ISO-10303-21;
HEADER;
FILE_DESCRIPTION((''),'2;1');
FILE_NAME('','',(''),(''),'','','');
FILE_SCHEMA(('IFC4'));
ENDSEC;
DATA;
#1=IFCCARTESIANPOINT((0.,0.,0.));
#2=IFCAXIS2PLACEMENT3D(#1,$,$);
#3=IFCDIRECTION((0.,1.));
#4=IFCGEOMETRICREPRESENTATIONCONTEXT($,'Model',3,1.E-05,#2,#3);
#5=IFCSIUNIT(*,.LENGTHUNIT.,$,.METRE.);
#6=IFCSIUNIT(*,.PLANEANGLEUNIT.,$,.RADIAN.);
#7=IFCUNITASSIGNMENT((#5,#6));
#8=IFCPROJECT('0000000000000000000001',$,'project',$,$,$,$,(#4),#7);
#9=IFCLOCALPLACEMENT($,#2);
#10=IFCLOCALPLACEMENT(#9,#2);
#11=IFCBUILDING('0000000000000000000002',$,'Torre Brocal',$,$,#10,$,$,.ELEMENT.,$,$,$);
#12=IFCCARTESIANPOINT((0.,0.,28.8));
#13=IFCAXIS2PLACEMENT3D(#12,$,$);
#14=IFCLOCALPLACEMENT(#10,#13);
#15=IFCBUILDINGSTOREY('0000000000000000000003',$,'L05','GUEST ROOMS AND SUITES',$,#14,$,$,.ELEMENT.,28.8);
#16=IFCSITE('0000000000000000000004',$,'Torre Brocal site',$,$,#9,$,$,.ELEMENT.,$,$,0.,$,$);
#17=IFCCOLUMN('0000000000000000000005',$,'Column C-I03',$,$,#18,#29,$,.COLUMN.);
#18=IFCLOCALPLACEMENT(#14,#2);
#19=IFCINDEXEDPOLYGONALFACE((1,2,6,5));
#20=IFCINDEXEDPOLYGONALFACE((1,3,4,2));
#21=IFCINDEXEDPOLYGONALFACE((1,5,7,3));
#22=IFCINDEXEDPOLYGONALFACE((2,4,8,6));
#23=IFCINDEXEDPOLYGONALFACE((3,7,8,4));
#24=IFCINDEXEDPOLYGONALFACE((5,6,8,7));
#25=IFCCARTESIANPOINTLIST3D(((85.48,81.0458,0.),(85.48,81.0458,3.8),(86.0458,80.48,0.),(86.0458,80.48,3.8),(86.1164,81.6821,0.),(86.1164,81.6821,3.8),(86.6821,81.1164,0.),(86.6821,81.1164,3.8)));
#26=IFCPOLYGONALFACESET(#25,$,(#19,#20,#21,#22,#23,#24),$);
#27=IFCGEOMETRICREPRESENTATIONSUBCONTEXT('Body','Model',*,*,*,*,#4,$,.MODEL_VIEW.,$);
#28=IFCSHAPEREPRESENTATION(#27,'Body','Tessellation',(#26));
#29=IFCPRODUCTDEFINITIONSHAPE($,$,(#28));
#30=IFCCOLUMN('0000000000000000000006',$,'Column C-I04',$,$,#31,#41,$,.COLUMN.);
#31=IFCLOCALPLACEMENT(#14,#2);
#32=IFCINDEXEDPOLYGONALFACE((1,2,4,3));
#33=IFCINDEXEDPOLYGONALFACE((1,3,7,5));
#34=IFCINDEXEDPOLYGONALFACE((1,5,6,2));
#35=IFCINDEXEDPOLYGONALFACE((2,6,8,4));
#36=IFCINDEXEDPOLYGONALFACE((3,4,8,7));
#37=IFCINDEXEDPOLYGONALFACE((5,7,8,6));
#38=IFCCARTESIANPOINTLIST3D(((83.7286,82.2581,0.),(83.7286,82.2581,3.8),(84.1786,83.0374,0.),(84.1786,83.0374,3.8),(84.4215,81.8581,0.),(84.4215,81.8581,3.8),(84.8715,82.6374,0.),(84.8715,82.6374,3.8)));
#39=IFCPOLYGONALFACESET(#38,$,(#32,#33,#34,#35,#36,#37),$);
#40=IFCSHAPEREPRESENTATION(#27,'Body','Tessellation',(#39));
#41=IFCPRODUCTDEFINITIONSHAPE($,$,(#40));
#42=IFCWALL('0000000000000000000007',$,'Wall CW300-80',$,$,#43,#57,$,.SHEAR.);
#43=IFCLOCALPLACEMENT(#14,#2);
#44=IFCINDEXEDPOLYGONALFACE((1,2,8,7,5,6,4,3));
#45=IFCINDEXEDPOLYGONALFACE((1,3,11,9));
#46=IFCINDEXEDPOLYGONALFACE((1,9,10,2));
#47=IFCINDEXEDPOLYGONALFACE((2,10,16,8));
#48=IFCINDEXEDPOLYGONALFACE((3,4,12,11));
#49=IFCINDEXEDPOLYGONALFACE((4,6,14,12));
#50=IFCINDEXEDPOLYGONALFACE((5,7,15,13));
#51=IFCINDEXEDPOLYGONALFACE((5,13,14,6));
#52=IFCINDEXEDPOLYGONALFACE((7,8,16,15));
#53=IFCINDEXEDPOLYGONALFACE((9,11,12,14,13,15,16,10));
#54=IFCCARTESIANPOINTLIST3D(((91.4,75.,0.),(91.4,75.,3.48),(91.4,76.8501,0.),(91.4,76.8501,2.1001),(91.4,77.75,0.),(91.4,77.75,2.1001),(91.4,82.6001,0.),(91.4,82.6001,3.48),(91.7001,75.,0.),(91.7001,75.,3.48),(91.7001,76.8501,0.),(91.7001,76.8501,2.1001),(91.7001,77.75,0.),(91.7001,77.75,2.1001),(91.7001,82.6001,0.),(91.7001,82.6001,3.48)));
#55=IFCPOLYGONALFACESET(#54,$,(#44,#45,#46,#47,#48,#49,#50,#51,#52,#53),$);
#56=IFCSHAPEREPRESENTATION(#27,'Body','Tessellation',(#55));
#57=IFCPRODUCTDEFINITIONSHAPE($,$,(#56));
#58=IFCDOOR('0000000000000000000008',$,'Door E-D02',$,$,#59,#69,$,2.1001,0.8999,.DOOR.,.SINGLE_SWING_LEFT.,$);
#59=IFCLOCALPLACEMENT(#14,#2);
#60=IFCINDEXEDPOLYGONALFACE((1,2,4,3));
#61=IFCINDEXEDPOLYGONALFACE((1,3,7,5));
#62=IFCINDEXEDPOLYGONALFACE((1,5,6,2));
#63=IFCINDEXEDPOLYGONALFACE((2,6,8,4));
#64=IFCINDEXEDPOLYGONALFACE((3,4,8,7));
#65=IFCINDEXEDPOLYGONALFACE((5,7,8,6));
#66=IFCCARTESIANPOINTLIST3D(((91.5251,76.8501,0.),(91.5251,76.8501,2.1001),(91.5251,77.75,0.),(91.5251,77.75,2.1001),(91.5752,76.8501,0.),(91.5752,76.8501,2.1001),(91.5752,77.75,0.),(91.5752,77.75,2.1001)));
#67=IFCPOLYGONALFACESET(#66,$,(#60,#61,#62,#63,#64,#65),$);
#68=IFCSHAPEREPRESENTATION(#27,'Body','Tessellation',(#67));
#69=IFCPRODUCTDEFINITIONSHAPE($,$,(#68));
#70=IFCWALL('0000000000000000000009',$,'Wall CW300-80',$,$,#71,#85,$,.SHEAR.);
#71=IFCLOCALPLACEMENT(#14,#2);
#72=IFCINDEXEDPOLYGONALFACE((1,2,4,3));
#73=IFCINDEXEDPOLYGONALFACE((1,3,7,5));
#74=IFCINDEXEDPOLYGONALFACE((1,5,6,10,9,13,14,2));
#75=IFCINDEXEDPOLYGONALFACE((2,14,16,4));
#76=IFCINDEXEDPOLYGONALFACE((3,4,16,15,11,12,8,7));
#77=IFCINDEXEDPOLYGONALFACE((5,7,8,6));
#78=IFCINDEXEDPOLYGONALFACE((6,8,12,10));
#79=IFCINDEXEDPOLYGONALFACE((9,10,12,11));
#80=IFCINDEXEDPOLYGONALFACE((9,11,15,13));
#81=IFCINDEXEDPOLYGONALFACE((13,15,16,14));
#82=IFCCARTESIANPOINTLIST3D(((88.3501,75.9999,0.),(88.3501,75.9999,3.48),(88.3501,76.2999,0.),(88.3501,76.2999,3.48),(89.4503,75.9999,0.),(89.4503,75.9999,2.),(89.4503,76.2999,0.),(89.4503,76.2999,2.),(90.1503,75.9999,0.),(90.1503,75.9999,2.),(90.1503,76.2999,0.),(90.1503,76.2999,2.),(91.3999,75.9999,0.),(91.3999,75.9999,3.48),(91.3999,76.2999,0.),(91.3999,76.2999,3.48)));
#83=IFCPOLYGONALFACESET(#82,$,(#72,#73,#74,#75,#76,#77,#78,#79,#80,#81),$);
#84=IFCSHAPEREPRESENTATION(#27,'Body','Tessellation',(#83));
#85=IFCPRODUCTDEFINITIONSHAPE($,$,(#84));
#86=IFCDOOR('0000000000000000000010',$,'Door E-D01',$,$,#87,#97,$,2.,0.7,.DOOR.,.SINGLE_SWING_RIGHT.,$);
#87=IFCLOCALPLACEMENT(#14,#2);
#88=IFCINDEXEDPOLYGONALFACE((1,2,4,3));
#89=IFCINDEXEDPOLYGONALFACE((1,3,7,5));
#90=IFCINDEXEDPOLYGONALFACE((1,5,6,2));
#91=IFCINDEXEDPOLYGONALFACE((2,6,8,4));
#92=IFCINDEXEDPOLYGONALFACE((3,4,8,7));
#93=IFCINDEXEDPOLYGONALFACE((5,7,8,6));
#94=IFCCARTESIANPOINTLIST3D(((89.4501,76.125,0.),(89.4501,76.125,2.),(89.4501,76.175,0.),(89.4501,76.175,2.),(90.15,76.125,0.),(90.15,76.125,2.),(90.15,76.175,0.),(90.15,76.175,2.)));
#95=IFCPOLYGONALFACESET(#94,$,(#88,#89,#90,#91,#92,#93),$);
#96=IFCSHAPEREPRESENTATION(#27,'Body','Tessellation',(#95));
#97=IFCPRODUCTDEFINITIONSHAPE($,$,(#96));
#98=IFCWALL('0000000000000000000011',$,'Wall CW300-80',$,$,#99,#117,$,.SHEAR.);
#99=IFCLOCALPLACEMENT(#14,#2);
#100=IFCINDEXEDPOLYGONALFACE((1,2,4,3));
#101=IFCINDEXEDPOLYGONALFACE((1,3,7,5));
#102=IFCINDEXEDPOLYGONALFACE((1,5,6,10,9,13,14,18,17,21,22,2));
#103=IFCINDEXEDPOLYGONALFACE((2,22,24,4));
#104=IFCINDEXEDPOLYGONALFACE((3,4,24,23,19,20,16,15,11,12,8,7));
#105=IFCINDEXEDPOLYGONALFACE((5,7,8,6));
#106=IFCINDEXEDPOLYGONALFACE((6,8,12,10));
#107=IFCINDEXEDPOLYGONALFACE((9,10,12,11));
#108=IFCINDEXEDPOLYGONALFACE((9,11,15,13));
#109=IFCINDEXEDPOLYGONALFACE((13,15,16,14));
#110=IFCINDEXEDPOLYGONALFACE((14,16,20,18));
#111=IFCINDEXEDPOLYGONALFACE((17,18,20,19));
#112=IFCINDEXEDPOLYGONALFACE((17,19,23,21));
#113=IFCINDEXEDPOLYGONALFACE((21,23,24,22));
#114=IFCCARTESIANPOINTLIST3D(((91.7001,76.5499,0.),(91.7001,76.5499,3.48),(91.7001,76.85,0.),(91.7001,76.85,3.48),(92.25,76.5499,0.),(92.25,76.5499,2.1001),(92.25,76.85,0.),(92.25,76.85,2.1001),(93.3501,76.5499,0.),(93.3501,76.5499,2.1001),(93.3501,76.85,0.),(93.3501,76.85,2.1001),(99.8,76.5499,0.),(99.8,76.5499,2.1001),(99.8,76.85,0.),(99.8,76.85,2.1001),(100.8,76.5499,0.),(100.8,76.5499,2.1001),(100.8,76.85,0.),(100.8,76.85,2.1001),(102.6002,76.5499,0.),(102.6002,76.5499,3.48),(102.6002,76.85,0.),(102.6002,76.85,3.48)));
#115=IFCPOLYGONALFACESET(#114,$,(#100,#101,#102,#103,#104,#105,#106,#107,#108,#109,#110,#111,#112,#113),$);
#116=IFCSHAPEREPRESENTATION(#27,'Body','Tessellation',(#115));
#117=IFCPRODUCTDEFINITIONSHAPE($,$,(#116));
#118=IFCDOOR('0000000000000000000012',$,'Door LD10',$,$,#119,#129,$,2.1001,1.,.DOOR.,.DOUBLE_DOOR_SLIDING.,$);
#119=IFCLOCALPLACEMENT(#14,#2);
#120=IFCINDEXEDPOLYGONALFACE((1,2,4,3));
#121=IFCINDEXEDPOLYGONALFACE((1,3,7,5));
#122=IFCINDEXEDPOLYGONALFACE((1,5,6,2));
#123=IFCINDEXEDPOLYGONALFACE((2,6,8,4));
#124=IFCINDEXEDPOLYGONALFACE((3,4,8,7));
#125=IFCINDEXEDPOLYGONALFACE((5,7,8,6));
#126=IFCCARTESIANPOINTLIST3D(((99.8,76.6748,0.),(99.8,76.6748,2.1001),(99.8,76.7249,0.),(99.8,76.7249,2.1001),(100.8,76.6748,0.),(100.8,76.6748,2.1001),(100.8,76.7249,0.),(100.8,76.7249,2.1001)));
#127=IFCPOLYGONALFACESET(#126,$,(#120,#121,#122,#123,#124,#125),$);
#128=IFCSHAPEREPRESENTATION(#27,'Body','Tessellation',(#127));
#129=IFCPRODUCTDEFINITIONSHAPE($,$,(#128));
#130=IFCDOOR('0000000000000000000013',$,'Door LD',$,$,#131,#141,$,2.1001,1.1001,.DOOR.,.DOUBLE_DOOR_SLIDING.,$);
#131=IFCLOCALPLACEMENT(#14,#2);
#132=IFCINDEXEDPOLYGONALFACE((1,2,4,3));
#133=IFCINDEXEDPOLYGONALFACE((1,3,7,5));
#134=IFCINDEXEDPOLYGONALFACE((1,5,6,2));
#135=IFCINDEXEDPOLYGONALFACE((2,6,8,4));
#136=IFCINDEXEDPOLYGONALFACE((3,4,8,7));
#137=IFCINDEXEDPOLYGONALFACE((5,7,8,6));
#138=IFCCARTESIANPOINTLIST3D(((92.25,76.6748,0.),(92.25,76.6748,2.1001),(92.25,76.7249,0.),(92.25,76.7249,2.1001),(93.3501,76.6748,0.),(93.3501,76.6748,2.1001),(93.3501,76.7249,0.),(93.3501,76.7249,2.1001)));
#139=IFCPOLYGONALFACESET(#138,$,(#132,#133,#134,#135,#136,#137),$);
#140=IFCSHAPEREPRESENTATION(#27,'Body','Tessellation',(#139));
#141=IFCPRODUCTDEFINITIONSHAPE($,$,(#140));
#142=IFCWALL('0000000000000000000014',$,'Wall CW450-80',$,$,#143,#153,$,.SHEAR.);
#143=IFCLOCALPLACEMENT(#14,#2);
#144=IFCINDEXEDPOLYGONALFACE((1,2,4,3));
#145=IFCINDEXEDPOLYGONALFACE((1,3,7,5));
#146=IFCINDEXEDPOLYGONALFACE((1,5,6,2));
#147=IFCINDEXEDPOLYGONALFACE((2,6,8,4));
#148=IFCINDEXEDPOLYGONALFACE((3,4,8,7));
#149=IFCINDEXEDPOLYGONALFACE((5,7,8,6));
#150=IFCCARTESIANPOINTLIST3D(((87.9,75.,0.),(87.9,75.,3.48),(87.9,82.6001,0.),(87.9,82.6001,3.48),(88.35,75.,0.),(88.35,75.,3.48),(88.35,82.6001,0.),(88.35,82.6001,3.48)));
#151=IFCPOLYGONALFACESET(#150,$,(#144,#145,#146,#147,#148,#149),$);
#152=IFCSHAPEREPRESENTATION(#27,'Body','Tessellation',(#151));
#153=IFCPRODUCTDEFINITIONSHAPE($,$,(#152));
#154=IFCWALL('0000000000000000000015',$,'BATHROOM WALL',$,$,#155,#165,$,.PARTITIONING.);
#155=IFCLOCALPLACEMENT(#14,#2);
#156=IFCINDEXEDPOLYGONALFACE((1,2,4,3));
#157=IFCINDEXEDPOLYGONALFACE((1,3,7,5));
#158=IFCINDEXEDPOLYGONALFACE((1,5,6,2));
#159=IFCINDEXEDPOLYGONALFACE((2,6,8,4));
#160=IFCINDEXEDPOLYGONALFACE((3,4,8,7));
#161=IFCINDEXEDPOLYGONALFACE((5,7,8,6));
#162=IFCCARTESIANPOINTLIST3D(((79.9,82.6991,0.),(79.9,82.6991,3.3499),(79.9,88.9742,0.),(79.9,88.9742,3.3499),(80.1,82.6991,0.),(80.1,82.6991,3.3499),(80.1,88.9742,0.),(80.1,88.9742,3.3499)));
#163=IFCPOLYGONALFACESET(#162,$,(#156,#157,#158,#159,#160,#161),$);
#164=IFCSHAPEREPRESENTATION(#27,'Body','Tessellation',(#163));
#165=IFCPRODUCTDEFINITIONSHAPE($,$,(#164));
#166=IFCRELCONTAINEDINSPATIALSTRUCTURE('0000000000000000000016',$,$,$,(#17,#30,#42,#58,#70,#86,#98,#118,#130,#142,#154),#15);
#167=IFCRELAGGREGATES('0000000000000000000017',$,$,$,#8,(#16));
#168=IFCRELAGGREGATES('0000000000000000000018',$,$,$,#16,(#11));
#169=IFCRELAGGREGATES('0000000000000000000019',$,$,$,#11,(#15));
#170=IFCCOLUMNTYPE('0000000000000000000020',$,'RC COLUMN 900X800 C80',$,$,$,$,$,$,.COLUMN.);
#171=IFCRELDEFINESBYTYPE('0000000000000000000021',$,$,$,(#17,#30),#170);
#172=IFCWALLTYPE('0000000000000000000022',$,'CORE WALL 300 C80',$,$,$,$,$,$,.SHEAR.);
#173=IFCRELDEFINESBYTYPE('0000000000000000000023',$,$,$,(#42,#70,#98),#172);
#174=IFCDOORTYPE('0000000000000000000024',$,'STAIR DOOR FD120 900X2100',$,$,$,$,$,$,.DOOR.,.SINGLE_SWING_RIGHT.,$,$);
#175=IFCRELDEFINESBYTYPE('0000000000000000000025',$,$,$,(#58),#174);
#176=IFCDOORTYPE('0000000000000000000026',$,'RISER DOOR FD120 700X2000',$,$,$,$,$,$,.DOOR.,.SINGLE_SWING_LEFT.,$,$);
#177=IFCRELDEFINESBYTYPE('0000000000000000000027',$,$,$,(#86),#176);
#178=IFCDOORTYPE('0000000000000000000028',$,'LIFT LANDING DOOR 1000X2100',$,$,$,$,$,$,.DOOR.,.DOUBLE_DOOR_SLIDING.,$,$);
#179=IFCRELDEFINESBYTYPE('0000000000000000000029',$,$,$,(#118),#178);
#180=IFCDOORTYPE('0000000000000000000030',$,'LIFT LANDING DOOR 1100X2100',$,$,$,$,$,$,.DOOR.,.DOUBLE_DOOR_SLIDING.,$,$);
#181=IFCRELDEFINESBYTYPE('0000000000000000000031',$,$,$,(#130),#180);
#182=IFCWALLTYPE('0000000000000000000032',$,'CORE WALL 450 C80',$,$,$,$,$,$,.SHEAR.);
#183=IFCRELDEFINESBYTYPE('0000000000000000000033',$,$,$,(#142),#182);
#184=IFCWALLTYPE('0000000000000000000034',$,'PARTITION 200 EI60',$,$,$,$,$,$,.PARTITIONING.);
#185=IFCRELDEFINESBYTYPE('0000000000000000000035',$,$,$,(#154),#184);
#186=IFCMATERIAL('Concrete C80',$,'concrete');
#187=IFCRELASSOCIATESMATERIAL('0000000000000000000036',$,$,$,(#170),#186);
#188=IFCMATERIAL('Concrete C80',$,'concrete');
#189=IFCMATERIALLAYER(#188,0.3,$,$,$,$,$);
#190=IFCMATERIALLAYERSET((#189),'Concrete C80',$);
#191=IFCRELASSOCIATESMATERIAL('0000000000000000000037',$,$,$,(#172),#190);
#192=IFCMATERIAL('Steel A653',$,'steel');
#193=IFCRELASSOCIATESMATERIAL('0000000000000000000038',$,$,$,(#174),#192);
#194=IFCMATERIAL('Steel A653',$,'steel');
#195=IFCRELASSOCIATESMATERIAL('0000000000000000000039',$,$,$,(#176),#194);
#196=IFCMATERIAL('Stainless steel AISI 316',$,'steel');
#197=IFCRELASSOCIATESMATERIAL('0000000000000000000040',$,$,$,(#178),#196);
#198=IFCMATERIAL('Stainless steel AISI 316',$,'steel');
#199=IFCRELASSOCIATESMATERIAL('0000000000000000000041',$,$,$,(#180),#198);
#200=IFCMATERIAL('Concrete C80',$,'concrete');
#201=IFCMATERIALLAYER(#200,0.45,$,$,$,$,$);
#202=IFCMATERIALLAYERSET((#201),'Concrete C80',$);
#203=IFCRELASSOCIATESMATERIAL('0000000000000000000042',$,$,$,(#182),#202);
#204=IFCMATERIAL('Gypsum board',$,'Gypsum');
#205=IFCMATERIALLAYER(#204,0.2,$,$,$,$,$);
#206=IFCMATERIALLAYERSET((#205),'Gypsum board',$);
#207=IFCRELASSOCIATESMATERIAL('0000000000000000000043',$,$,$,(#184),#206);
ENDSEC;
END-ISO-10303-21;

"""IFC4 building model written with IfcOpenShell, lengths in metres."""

from ifc_helpers import new_model, si_unit, direction, frame, frame_2d, origin, origin_2d, place, context, subcontext, project, spatial, rectangle, extrude, material, layer, layer_set, material_profile, profile_set, type_object, element, fill, save


model = new_model("IFC4")

# Units and contexts
model_context = context("Model", 3, precision=1e-05, world=origin(), true_north=direction((0.0, 1.0)))
body_context = subcontext(model_context, "Body", "Model", "MODEL_VIEW")
ifc_project = project(units=[si_unit("LENGTHUNIT", "METRE"), si_unit("PLANEANGLEUNIT", "RADIAN")], contexts=[model_context])

# Site, building, storey
site_placement = place(None, origin())
site = spatial("IfcSite", under=ifc_project, at=site_placement, Name="Torre Brocal site", CompositionType="ELEMENT", RefElevation=0.0)
building_placement = place(site_placement, origin())
building = spatial("IfcBuilding", under=site, at=building_placement, Name="Torre Brocal", CompositionType="ELEMENT")
storey_placement = place(building_placement, frame((0.0, 0.0, 28.8)))
storey = spatial("IfcBuildingStorey", under=building, at=storey_placement, Name="L05", Description="GUEST ROOMS AND SUITES", CompositionType="ELEMENT", Elevation=28.8)

# Columns
ifc_material_1 = material(Name="Concrete C80", Category="concrete")
ifc_material_profile = material_profile(ifc_material_1, rectangle(XDim=0.8999, YDim=0.8, at=origin_2d()), Name="RC 900X800")
ifc_profile_set = profile_set([ifc_material_profile], Name="Concrete C80")
column_type = type_object("IfcColumnType", Name="RC COLUMN 900X800 C80", PredefinedType="COLUMN", material=ifc_profile_set)
for number, where, z_axis, x_axis, name in (
    (1, (86.0811, 81.0811, 0.0), (0.0, 0.0, 1.0), (0.707107, 0.707107, 0.0), "Column C-I03"),
    (2, (84.3, 82.4478, 0.0), (0.0, 0.0, 1.0), (0.5, 0.866025, 0.0), "Column C-I04"),
):
    element("IfcColumn", number, at=place(storey_placement, frame(where, z_axis=z_axis, x_axis=x_axis)), inside=storey, type_object=column_type, Name=name, PredefinedType="COLUMN", context=body_context, shape_type="SweptSolid", body=[
        extrude(rectangle(XDim=0.8999, YDim=0.8, at=origin_2d()), origin(), (0.0, 0.0, 1.0), 3.8),
    ])

# Walls, openings, doors
ifc_material_2 = material(Name="Concrete C80", Category="concrete")
ifc_layer_1 = layer(ifc_material_2, 0.3)
ifc_layer_set_1 = layer_set([ifc_layer_1], Name="Concrete C80")
wall_type_1 = type_object("IfcWallType", Name="CORE WALL 300 C80", PredefinedType="SHEAR", material=ifc_layer_set_1)
wall_1_placement = place(storey_placement, frame((91.55, 75.0, 0.0), z_axis=(0.0, 0.0, 1.0), x_axis=(0.0, 1.0, 0.0)))
wall_1 = element("IfcWall", 3, at=wall_1_placement, inside=storey, type_object=wall_type_1, Name="Wall CW300-80", PredefinedType="SHEAR", context=body_context, shape_type="SweptSolid", body=[
    extrude(rectangle(XDim=7.6001, YDim=0.3, at=frame_2d((3.8, 0.0))), origin(), (0.0, 0.0, 1.0), 3.48),
])
opening_1_placement = place(wall_1_placement, frame((1.8501, 0.0, 0.0)))
opening_1 = element("IfcOpeningElement", 4, at=opening_1_placement, cuts=wall_1, PredefinedType="OPENING", context=body_context, shape_type="SweptSolid", body=[
    extrude(rectangle(XDim=0.8999, YDim=2.1001, at=frame_2d((0.45, 1.05))), frame((0.0, 0.1599, 0.0), z_axis=(0.0, -1.0, 0.0), x_axis=(1.0, 0.0, 0.0)), (0.0, 0.0, 1.0), 0.3201),
])
ifc_material_3 = material(Name="Steel A653", Category="steel")
door_type_1 = type_object("IfcDoorType", Name="STAIR DOOR FD120 900X2100", OperationType="SINGLE_SWING_RIGHT", PredefinedType="DOOR", material=ifc_material_3)
door_1_placement = place(opening_1_placement, origin())
door_1 = element("IfcDoor", 5, at=door_1_placement, inside=storey, type_object=door_type_1, Name="Door E-D02", OperationType="SINGLE_SWING_LEFT", OverallHeight=2.1001, OverallWidth=0.8999, PredefinedType="DOOR", context=body_context, shape_type="SweptSolid", body=[
    extrude(rectangle(XDim=0.8999, YDim=2.1001, at=frame_2d((0.45, 1.05))), frame((0.0, 0.0249, 0.0), z_axis=(0.0, -1.0, 0.0), x_axis=(1.0, 0.0, 0.0)), (0.0, 0.0, 1.0), 0.05),
])
fill(opening_1, door_1)
wall_2_placement = place(storey_placement, frame((88.3501, 76.1499, 0.0), z_axis=(0.0, 0.0, 1.0), x_axis=(1.0, 0.0, 0.0)))
wall_2 = element("IfcWall", 6, at=wall_2_placement, inside=storey, type_object=wall_type_1, Name="Wall CW300-80", PredefinedType="SHEAR", context=body_context, shape_type="SweptSolid", body=[
    extrude(rectangle(XDim=3.0498, YDim=0.3, at=frame_2d((1.5249, 0.0))), origin(), (0.0, 0.0, 1.0), 3.48),
])
opening_2_placement = place(wall_2_placement, frame((1.1001, 0.0, 0.0)))
opening_2 = element("IfcOpeningElement", 7, at=opening_2_placement, cuts=wall_2, PredefinedType="OPENING", context=body_context, shape_type="SweptSolid", body=[
    extrude(rectangle(XDim=0.7, YDim=2.0, at=frame_2d((0.3501, 1.0))), frame((0.0, 0.1599, 0.0), z_axis=(0.0, -1.0, 0.0), x_axis=(1.0, 0.0, 0.0)), (0.0, 0.0, 1.0), 0.3201),
])
ifc_material_4 = material(Name="Steel A653", Category="steel")
door_type_2 = type_object("IfcDoorType", Name="RISER DOOR FD120 700X2000", OperationType="SINGLE_SWING_LEFT", PredefinedType="DOOR", material=ifc_material_4)
door_2_placement = place(opening_2_placement, frame((0.7, 0.0, 0.0), z_axis=(0.0, 0.0, 1.0), x_axis=(-1.0, 0.0, 0.0)))
door_2 = element("IfcDoor", 8, at=door_2_placement, inside=storey, type_object=door_type_2, Name="Door E-D01", OperationType="SINGLE_SWING_RIGHT", OverallHeight=2.0, OverallWidth=0.7, PredefinedType="DOOR", context=body_context, shape_type="SweptSolid", body=[
    extrude(rectangle(XDim=0.7, YDim=2.0, at=frame_2d((0.3501, 1.0))), frame((0.0, 0.0249, 0.0), z_axis=(0.0, -1.0, 0.0), x_axis=(1.0, 0.0, 0.0)), (0.0, 0.0, 1.0), 0.05),
])
fill(opening_2, door_2)

# Wall, openings, doors
wall_3_placement = place(storey_placement, frame((91.7, 76.7, 0.0), z_axis=(0.0, 0.0, 1.0), x_axis=(1.0, 0.0, 0.0)))
wall_3 = element("IfcWall", 9, at=wall_3_placement, inside=storey, type_object=wall_type_1, Name="Wall CW300-80", PredefinedType="SHEAR", context=body_context, shape_type="SweptSolid", body=[
    extrude(rectangle(XDim=10.9001, YDim=0.3, at=frame_2d((5.4502, 0.0))), origin(), (0.0, 0.0, 1.0), 3.48),
])
opening_3_placement = place(wall_3_placement, frame((0.55, 0.0, 0.0)))
opening_3 = element("IfcOpeningElement", 10, at=opening_3_placement, cuts=wall_3, PredefinedType="OPENING", context=body_context, shape_type="SweptSolid", body=[
    extrude(rectangle(XDim=1.1001, YDim=2.1001, at=frame_2d((0.55, 1.05))), frame((0.0, 0.1599, 0.0), z_axis=(0.0, -1.0, 0.0), x_axis=(1.0, 0.0, 0.0)), (0.0, 0.0, 1.0), 0.3201),
])
opening_4_placement = place(wall_3_placement, frame((8.1001, 0.0, 0.0)))
opening_4 = element("IfcOpeningElement", 11, at=opening_4_placement, cuts=wall_3, PredefinedType="OPENING", context=body_context, shape_type="SweptSolid", body=[
    extrude(rectangle(XDim=1.0, YDim=2.1001, at=frame_2d((0.5, 1.05))), frame((0.0, 0.1599, 0.0), z_axis=(0.0, -1.0, 0.0), x_axis=(1.0, 0.0, 0.0)), (0.0, 0.0, 1.0), 0.3201),
])
ifc_material_5 = material(Name="Stainless steel AISI 316", Category="steel")
door_type_3 = type_object("IfcDoorType", Name="LIFT LANDING DOOR 1000X2100", OperationType="DOUBLE_DOOR_SLIDING", PredefinedType="DOOR", material=ifc_material_5)
door_3_placement = place(opening_4_placement, origin())
door_3 = element("IfcDoor", 12, at=door_3_placement, inside=storey, type_object=door_type_3, Name="Door LD10", OperationType="DOUBLE_DOOR_SLIDING", OverallHeight=2.1001, OverallWidth=1.0, PredefinedType="DOOR", context=body_context, shape_type="SweptSolid", body=[
    extrude(rectangle(XDim=1.0, YDim=2.1001, at=frame_2d((0.5, 1.05))), frame((0.0, 0.0249, 0.0), z_axis=(0.0, -1.0, 0.0), x_axis=(1.0, 0.0, 0.0)), (0.0, 0.0, 1.0), 0.05),
])
fill(opening_4, door_3)
ifc_material_6 = material(Name="Stainless steel AISI 316", Category="steel")
door_type_4 = type_object("IfcDoorType", Name="LIFT LANDING DOOR 1100X2100", OperationType="DOUBLE_DOOR_SLIDING", PredefinedType="DOOR", material=ifc_material_6)
door_4_placement = place(opening_3_placement, origin())
door_4 = element("IfcDoor", 13, at=door_4_placement, inside=storey, type_object=door_type_4, Name="Door LD", OperationType="DOUBLE_DOOR_SLIDING", OverallHeight=2.1001, OverallWidth=1.1001, PredefinedType="DOOR", context=body_context, shape_type="SweptSolid", body=[
    extrude(rectangle(XDim=1.1001, YDim=2.1001, at=frame_2d((0.55, 1.05))), frame((0.0, 0.0249, 0.0), z_axis=(0.0, -1.0, 0.0), x_axis=(1.0, 0.0, 0.0)), (0.0, 0.0, 1.0), 0.05),
])
fill(opening_3, door_4)

# Walls
ifc_material_7 = material(Name="Concrete C80", Category="concrete")
ifc_layer_2 = layer(ifc_material_7, 0.45)
ifc_layer_set_2 = layer_set([ifc_layer_2], Name="Concrete C80")
wall_type_2 = type_object("IfcWallType", Name="CORE WALL 450 C80", PredefinedType="SHEAR", material=ifc_layer_set_2)
wall_4_placement = place(storey_placement, frame((88.125, 75.0, 0.0), z_axis=(0.0, 0.0, 1.0), x_axis=(0.0, 1.0, 0.0)))
element("IfcWall", 14, at=wall_4_placement, inside=storey, type_object=wall_type_2, Name="Wall CW450-80", PredefinedType="SHEAR", context=body_context, shape_type="SweptSolid", body=[
    extrude(rectangle(XDim=7.6001, YDim=0.45, at=frame_2d((3.8, 0.0))), origin(), (0.0, 0.0, 1.0), 3.48),
])
ifc_material_8 = material(Name="Gypsum board", Category="Gypsum")
ifc_layer_3 = layer(ifc_material_8, 0.2)
ifc_layer_set_3 = layer_set([ifc_layer_3], Name="Gypsum board")
wall_type_3 = type_object("IfcWallType", Name="PARTITION 200 EI60", PredefinedType="PARTITIONING", material=ifc_layer_set_3)
wall_5_placement = place(storey_placement, frame((80.0, 82.699, 0.0), z_axis=(0.0, 0.0, 1.0), x_axis=(0.0, 1.0, 0.0)))
element("IfcWall", 15, at=wall_5_placement, inside=storey, type_object=wall_type_3, Name="BATHROOM WALL", PredefinedType="PARTITIONING", context=body_context, shape_type="SweptSolid", body=[
    extrude(rectangle(XDim=6.2751, YDim=0.2, at=frame_2d((3.1377, 0.0))), origin(), (0.0, 0.0, 1.0), 3.3499),
])

save(model, "model.ifc")
